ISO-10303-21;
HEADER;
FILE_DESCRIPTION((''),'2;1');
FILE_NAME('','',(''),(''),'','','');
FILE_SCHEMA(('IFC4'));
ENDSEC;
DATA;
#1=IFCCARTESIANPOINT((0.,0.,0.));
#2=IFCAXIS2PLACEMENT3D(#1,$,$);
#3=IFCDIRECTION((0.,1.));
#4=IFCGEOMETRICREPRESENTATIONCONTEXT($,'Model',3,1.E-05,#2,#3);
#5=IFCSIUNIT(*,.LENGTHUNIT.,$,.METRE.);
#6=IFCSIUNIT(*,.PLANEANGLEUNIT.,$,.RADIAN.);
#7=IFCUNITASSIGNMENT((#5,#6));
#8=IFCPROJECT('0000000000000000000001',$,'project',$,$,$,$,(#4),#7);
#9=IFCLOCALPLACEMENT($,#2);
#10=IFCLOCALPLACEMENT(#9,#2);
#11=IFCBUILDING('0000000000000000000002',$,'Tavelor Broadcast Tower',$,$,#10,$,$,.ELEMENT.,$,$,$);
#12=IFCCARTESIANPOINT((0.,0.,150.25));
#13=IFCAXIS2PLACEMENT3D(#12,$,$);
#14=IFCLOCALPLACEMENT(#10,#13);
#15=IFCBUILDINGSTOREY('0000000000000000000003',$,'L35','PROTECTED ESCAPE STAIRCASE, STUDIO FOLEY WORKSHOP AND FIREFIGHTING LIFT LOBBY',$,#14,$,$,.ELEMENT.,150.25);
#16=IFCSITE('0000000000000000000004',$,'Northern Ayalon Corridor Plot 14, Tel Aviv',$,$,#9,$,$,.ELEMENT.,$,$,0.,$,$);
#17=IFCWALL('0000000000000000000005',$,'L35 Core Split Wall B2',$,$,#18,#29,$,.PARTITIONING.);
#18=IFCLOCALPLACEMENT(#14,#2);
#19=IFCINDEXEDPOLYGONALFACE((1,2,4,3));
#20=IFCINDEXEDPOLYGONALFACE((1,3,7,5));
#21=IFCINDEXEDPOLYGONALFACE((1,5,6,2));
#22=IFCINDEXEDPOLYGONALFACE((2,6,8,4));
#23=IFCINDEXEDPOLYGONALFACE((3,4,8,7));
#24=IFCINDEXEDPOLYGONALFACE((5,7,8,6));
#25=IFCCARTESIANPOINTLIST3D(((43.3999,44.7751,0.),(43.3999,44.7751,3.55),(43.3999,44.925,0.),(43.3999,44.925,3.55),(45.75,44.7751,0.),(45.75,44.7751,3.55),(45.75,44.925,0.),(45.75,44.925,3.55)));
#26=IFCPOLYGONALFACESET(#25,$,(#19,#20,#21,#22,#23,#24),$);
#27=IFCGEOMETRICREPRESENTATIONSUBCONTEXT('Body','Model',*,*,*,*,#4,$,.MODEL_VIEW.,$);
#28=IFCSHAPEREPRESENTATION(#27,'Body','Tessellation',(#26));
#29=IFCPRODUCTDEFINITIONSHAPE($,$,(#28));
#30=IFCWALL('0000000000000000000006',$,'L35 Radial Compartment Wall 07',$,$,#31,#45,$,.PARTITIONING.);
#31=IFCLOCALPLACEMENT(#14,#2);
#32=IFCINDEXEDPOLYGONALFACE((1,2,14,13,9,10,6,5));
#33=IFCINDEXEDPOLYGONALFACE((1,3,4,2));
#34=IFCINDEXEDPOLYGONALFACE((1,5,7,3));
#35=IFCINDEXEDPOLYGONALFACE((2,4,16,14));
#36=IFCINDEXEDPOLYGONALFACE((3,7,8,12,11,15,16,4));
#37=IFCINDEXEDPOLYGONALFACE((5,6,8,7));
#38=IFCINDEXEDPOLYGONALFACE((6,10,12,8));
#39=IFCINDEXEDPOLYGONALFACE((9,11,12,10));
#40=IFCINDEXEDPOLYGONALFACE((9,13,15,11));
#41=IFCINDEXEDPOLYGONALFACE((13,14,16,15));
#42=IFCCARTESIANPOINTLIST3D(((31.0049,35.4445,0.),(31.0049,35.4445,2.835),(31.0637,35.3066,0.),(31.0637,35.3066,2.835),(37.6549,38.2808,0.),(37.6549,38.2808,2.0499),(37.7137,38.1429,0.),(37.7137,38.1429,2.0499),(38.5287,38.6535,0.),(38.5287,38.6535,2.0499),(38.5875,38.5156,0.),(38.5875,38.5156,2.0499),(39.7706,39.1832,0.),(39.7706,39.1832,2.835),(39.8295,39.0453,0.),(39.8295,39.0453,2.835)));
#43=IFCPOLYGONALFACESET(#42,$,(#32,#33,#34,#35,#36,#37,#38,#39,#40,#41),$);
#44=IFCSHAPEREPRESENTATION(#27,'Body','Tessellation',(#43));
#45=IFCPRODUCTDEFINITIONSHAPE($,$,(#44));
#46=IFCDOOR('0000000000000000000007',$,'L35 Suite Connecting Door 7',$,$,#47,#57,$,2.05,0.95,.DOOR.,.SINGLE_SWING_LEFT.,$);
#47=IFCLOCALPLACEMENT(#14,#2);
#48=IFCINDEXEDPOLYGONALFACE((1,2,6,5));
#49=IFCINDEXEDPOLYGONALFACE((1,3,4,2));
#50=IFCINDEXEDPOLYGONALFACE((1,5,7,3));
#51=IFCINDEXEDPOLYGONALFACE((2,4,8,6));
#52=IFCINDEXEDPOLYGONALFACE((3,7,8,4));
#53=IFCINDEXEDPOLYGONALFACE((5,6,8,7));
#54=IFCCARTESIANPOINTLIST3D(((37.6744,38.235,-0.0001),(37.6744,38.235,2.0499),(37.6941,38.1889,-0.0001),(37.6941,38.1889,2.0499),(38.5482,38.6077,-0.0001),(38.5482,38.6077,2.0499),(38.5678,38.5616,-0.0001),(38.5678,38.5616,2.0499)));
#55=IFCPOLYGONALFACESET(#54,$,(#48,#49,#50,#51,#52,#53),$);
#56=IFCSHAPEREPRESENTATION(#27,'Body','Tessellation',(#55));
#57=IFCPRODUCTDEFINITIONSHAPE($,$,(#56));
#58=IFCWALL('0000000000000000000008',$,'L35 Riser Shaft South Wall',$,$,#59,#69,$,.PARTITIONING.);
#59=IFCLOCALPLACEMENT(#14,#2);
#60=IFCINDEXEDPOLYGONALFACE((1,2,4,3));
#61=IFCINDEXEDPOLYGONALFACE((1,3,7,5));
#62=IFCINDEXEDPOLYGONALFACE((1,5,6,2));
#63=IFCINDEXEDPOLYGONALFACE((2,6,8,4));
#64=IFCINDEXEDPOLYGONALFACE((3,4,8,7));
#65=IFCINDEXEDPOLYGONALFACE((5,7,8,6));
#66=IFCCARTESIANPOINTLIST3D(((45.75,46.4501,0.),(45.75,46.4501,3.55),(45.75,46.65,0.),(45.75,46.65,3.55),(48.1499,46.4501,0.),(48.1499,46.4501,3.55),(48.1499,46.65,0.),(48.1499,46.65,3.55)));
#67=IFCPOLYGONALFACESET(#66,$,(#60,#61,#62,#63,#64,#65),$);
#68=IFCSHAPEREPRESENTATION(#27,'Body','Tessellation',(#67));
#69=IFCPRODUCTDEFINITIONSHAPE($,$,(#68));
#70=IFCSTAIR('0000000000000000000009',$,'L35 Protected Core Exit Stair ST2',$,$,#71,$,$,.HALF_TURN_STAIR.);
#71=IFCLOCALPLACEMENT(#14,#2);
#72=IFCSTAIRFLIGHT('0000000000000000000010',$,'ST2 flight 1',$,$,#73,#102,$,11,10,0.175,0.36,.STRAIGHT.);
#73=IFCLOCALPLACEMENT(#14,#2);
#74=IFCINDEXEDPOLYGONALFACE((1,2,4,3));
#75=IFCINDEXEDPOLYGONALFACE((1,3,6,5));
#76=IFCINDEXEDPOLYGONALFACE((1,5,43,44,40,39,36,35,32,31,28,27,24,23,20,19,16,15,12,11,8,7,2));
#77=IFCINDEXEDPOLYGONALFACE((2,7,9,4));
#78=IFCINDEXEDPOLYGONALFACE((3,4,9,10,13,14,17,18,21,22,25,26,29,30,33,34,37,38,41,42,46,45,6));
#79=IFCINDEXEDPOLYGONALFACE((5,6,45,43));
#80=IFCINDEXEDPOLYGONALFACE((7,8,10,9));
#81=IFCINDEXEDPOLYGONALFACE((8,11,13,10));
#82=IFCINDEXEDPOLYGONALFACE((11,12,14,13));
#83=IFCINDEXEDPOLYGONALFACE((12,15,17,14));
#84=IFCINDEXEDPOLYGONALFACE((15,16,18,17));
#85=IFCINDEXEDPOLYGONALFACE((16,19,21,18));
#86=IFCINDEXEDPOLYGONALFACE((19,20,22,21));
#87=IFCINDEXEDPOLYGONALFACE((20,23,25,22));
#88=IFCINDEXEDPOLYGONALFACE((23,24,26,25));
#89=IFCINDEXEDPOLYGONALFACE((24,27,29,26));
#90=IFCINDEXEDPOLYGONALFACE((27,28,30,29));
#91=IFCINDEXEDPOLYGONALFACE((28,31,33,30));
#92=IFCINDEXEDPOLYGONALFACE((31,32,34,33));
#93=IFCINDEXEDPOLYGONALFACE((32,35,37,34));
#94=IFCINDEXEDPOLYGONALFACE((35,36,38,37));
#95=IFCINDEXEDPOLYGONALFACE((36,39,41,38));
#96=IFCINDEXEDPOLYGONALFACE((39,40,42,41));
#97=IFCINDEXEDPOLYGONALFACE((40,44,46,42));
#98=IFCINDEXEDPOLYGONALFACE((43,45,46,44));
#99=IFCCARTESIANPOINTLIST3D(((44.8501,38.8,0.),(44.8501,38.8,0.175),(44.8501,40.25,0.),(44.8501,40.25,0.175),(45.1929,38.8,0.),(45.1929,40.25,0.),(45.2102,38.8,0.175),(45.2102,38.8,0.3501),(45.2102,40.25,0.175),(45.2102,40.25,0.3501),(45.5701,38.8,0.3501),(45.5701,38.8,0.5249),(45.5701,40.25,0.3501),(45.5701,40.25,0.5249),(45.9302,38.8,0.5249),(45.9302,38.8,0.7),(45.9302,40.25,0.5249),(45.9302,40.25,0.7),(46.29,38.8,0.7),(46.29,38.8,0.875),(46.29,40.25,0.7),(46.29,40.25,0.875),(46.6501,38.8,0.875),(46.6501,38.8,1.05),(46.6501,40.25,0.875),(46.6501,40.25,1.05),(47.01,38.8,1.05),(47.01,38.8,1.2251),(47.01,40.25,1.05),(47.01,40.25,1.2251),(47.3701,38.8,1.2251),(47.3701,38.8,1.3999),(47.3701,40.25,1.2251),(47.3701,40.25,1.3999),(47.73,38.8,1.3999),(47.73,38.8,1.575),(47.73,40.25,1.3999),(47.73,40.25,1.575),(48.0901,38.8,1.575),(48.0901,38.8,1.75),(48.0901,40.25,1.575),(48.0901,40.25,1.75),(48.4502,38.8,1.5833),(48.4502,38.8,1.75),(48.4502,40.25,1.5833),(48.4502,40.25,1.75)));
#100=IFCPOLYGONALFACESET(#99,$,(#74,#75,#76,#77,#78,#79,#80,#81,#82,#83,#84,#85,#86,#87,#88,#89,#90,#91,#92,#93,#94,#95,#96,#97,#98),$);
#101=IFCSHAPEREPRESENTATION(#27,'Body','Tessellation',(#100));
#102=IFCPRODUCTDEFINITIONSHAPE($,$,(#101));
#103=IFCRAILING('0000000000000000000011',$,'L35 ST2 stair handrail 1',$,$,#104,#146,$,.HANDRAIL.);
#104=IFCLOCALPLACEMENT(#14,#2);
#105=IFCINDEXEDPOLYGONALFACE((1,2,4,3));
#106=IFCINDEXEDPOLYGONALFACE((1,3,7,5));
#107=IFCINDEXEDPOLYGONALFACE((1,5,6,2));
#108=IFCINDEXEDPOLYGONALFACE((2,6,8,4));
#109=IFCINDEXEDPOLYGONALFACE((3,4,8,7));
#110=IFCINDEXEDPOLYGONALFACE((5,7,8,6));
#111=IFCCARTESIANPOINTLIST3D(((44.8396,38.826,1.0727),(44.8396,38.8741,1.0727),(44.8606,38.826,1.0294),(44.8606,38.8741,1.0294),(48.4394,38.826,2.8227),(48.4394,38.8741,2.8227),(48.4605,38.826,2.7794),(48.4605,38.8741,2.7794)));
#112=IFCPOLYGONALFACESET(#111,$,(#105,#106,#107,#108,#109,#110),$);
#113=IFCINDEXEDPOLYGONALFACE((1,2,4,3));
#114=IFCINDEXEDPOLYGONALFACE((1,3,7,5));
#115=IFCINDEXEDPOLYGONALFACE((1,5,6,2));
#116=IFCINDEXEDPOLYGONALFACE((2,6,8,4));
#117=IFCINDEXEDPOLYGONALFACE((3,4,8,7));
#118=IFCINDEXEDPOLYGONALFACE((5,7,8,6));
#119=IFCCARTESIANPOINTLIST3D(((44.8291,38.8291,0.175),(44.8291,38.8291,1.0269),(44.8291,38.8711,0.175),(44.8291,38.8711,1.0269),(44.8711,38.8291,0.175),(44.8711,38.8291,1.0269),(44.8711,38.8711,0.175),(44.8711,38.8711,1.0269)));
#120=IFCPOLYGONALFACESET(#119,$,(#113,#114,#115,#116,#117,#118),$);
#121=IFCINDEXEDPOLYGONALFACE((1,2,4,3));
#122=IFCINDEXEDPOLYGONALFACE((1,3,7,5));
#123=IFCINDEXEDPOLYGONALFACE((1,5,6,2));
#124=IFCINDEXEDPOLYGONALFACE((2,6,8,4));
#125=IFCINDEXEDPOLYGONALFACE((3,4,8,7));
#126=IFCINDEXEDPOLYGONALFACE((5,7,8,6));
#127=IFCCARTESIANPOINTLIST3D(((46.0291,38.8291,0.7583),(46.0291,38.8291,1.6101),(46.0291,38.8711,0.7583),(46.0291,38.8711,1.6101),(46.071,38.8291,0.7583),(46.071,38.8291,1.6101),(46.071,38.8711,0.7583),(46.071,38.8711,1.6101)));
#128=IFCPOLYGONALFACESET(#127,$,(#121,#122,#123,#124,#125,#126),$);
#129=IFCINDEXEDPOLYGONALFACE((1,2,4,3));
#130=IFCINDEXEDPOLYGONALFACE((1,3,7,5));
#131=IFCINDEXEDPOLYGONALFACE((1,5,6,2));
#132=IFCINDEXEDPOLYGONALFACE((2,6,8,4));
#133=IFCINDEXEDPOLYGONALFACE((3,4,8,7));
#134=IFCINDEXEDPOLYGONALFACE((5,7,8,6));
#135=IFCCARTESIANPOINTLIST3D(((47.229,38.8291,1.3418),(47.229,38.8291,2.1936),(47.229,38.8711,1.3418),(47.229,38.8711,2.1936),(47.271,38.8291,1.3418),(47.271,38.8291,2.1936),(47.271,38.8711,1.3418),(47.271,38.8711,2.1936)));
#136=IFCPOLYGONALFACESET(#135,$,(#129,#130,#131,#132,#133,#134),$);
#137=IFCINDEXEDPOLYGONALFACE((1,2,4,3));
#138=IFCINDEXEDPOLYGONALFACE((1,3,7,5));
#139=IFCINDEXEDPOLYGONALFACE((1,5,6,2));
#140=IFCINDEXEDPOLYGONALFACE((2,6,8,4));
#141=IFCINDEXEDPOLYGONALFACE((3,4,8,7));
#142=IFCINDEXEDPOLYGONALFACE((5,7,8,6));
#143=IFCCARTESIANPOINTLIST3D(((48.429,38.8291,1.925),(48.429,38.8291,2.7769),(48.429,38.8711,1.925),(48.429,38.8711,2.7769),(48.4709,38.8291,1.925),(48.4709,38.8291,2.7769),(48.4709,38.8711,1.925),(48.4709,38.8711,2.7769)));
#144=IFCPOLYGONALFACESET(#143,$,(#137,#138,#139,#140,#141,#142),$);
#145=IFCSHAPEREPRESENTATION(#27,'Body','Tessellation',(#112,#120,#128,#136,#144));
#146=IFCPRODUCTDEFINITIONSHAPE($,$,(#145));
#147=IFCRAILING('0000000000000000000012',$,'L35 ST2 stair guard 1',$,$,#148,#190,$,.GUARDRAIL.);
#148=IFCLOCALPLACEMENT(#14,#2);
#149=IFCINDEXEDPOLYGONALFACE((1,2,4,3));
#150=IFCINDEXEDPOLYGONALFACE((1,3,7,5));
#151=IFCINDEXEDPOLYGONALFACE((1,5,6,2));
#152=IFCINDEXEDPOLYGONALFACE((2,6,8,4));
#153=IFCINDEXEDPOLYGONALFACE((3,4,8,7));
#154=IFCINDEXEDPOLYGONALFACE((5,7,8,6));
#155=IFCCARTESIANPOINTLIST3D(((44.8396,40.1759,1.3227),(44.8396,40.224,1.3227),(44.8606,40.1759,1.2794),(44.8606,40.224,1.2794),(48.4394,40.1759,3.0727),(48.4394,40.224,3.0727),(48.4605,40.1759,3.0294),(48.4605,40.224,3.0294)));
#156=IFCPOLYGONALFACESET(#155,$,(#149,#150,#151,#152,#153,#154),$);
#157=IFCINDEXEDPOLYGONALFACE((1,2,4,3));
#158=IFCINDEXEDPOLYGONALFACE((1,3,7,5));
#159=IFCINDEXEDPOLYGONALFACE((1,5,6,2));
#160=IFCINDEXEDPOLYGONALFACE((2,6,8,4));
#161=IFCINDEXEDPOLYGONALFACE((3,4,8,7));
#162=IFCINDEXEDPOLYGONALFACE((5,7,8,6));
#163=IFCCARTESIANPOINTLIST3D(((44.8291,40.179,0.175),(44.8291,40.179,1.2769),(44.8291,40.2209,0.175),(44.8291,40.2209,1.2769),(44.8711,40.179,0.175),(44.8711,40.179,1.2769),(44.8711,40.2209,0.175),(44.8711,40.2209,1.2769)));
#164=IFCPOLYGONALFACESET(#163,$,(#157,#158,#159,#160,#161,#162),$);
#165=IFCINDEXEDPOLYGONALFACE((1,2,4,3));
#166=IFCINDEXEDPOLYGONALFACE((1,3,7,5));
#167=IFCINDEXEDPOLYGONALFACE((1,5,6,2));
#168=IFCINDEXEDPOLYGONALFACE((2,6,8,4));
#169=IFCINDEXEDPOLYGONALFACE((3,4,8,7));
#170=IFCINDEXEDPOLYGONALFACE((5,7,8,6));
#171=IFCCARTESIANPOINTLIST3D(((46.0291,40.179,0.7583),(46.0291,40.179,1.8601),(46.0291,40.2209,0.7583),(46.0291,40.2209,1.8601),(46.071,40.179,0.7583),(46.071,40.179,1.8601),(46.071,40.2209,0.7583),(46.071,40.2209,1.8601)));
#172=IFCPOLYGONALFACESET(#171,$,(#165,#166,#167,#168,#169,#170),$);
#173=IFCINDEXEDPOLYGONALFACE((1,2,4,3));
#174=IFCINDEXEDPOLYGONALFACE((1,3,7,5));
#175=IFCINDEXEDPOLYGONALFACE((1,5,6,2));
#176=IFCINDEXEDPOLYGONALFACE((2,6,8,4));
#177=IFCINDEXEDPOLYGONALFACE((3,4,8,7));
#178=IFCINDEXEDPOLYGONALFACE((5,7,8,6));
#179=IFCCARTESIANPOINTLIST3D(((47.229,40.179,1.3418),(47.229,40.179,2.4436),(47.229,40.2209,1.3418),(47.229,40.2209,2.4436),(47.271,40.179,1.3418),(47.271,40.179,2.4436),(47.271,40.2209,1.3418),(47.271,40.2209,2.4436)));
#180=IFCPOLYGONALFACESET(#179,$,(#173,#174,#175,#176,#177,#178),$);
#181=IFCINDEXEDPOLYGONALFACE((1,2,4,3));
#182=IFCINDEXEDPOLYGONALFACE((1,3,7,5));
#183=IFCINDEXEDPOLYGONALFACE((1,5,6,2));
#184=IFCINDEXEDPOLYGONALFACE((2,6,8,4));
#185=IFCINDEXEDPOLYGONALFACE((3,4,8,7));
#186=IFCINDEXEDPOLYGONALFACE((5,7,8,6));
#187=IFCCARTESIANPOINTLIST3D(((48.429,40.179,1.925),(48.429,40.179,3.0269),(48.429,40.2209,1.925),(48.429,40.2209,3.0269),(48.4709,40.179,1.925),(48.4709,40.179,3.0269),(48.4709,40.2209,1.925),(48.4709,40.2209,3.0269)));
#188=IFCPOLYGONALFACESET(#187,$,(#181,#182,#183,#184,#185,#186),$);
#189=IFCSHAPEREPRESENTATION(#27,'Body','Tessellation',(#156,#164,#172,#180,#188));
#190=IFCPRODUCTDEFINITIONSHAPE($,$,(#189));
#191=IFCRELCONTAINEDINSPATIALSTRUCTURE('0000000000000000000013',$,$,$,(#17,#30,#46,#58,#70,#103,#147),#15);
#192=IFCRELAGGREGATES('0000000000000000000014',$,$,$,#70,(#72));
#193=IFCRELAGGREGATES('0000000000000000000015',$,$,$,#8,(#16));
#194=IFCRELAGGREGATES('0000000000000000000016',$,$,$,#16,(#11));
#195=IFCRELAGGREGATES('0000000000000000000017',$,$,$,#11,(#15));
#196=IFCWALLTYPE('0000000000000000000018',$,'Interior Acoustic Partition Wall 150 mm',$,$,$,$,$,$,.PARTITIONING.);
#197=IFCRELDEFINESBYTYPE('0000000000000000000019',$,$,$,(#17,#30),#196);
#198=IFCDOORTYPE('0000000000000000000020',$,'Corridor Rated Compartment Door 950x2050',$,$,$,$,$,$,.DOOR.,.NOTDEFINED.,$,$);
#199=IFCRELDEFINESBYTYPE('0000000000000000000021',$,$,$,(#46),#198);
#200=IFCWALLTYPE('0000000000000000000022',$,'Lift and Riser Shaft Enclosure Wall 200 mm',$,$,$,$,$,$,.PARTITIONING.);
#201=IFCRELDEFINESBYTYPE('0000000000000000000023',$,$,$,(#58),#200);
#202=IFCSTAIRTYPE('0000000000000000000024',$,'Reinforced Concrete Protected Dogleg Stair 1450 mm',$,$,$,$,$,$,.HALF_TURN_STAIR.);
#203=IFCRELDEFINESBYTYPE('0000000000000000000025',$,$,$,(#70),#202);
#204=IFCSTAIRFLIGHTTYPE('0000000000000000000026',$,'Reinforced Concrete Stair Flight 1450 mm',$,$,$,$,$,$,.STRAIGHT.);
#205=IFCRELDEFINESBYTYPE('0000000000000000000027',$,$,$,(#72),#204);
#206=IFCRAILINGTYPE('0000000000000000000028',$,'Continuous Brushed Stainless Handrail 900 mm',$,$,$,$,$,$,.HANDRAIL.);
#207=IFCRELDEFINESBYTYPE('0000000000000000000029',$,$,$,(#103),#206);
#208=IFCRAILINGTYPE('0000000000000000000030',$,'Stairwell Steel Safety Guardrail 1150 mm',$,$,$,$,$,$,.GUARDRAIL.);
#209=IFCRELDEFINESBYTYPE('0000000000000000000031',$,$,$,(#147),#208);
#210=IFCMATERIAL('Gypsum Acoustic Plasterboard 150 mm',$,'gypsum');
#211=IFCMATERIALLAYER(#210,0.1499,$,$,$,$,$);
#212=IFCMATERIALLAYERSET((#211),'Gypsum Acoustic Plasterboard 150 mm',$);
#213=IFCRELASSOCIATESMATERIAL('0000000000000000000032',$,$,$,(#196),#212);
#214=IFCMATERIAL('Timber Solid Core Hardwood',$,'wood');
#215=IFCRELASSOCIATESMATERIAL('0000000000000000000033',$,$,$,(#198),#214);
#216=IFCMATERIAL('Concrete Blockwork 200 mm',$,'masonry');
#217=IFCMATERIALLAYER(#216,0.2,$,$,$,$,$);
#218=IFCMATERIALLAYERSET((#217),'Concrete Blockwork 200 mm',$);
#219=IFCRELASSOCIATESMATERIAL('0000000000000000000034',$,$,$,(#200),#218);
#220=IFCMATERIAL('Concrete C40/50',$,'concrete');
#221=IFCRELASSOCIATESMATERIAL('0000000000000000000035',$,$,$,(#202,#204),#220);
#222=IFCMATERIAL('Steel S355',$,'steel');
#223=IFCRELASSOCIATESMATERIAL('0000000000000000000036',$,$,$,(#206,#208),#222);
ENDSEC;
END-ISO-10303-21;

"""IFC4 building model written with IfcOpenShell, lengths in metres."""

from ifc_helpers import new_model, si_unit, direction, frame, frame_2d, origin, origin_2d, place, context, subcontext, project, spatial, polyline, rectangle, outline, extrude, material, layer, layer_set, type_object, element, fill, aggregate, save


model = new_model("IFC4")

# Units and contexts
model_context = context("Model", 3, precision=1e-05, world=origin(), true_north=direction((0.0, 1.0)))
body_context = subcontext(model_context, "Body", "Model", "MODEL_VIEW")
ifc_project = project(units=[si_unit("LENGTHUNIT", "METRE"), si_unit("PLANEANGLEUNIT", "RADIAN")], contexts=[model_context])

# Site, building, storey
site_placement = place(None, origin())
site = spatial("IfcSite", under=ifc_project, at=site_placement, Name="Northern Ayalon Corridor Plot 14, Tel Aviv", CompositionType="ELEMENT", RefElevation=0.0)
building_placement = place(site_placement, origin())
building = spatial("IfcBuilding", under=site, at=building_placement, Name="Tavelor Broadcast Tower", CompositionType="ELEMENT")
storey_placement = place(building_placement, frame((0.0, 0.0, 150.25)))
storey = spatial("IfcBuildingStorey", under=building, at=storey_placement, Name="L35", Description="PROTECTED ESCAPE STAIRCASE, STUDIO FOLEY WORKSHOP AND FIREFIGHTING LIFT LOBBY", CompositionType="ELEMENT", Elevation=150.25)

# Shared definitions
ifc_material_1 = material(Name="Concrete C40/50", Category="concrete")
ifc_material_2 = material(Name="Steel S355", Category="steel")

# Shared definitions
ifc_material_3 = material(Name="Timber Solid Core Hardwood", Category="wood")

# Wall
ifc_material_4 = material(Name="Gypsum Acoustic Plasterboard 150 mm", Category="gypsum")
ifc_layer_1 = layer(ifc_material_4, 0.1499)
ifc_layer_set_1 = layer_set([ifc_layer_1], Name="Gypsum Acoustic Plasterboard 150 mm")
wall_type_1 = type_object("IfcWallType", Name="Interior Acoustic Partition Wall 150 mm", PredefinedType="PARTITIONING", material=ifc_layer_set_1)
for number, where, z_axis, x_axis, name in (
    (1, (43.3999, 44.8501, 0.0), (0.0, 0.0, 1.0), (1.0, 0.0, 0.0), "L35 Core Split Wall B2"),
):
    element("IfcWall", number, at=place(storey_placement, frame(where, z_axis=z_axis, x_axis=x_axis)), inside=storey, type_object=wall_type_1, Name=name, PredefinedType="PARTITIONING", context=body_context, shape_type="SweptSolid", body=[
        extrude(rectangle(XDim=2.3501, YDim=0.1499, at=frame_2d((1.175, 0.0))), origin(), (0.0, 0.0, 1.0), 3.55),
    ])

# Wall, opening, door
wall_1_placement = place(storey_placement, frame((39.8, 39.1143, 0.0), z_axis=(0.0, 0.0, 1.0), x_axis=(-0.919829, -0.39232, 0.0)))
wall_1 = element("IfcWall", 2, at=wall_1_placement, inside=storey, type_object=wall_type_1, Name="L35 Radial Compartment Wall 07", PredefinedType="PARTITIONING", context=body_context, shape_type="SweptSolid", body=[
    extrude(rectangle(XDim=9.5298, YDim=0.1499, at=frame_2d((4.7649, 0.0))), origin(), (0.0, 0.0, 1.0), 2.835),
])
opening_1_placement = place(wall_1_placement, frame((1.3501, 0.0, 0.0)))
opening_1 = element("IfcOpeningElement", 3, at=opening_1_placement, cuts=wall_1, PredefinedType="OPENING", context=body_context, shape_type="SweptSolid", body=[
    extrude(rectangle(XDim=0.95, YDim=2.05, at=frame_2d((0.4751, 1.0249))), frame((0.0, 0.085, 0.0), z_axis=(0.0, -1.0, 0.0), x_axis=(1.0, 0.0, 0.0)), (0.0, 0.0, 1.0), 0.1699),
])
door_type_1 = type_object("IfcDoorType", Name="Corridor Rated Compartment Door 950x2050", OperationType="NOTDEFINED", PredefinedType="DOOR", material=ifc_material_3)
door_1_placement = place(opening_1_placement, origin())
door_1 = element("IfcDoor", 4, at=door_1_placement, inside=storey, type_object=door_type_1, Name="L35 Suite Connecting Door 7", OperationType="SINGLE_SWING_LEFT", OverallHeight=2.05, OverallWidth=0.95, PredefinedType="DOOR", context=body_context, shape_type="SweptSolid", body=[
    extrude(rectangle(XDim=0.95, YDim=2.05, at=frame_2d((0.4751, 1.0249))), frame((0.0, 0.0249, 0.0), z_axis=(0.0, -1.0, 0.0), x_axis=(1.0, 0.0, 0.0)), (0.0, 0.0, 1.0), 0.05),
])
fill(opening_1, door_1)

# Wall
ifc_material_5 = material(Name="Concrete Blockwork 200 mm", Category="masonry")
ifc_layer_2 = layer(ifc_material_5, 0.2)
ifc_layer_set_2 = layer_set([ifc_layer_2], Name="Concrete Blockwork 200 mm")
wall_type_2 = type_object("IfcWallType", Name="Lift and Riser Shaft Enclosure Wall 200 mm", PredefinedType="PARTITIONING", material=ifc_layer_set_2)
wall_2_placement = place(storey_placement, frame((45.75, 46.55, 0.0), z_axis=(0.0, 0.0, 1.0), x_axis=(1.0, 0.0, 0.0)))
element("IfcWall", 5, at=wall_2_placement, inside=storey, type_object=wall_type_2, Name="L35 Riser Shaft South Wall", PredefinedType="PARTITIONING", context=body_context, shape_type="SweptSolid", body=[
    extrude(rectangle(XDim=2.3999, YDim=0.2, at=frame_2d((1.2, 0.0))), origin(), (0.0, 0.0, 1.0), 3.55),
])

# Stair, stair flight
stair_type = type_object("IfcStairType", Name="Reinforced Concrete Protected Dogleg Stair 1450 mm", PredefinedType="HALF_TURN_STAIR", material=ifc_material_1)
stair_placement = place(storey_placement, origin())
stair = element("IfcStair", 6, at=stair_placement, inside=storey, type_object=stair_type, Name="L35 Protected Core Exit Stair ST2", PredefinedType="HALF_TURN_STAIR")
stair_flight_type = type_object("IfcStairFlightType", Name="Reinforced Concrete Stair Flight 1450 mm", PredefinedType="STRAIGHT", material=ifc_material_1)
stair_flight_placement = place(storey_placement, frame((44.8501, 39.5249, 0.0), z_axis=(0.0, 0.0, 1.0), x_axis=(1.0, 0.0, 0.0)))
stair_flight = element("IfcStairFlight", 7, at=stair_flight_placement, type_object=stair_flight_type, Name="ST2 flight 1", NumberOfRisers=11, NumberOfTreads=10, PredefinedType="STRAIGHT", RiserHeight=0.175, TreadLength=0.36, context=body_context, shape_type="SweptSolid", body=[
    extrude(outline(polyline([(0.0, 0.0), (0.0, 0.175), (0.3601, 0.175), (0.3601, 0.3501), (0.72, 0.3501), (0.72, 0.5249), (1.0801, 0.5249), (1.0801, 0.7), (1.4399, 0.7), (1.4399, 0.875), (1.8, 0.875), (1.8, 1.05), (2.1599, 1.05), (2.1599, 1.2251), (2.52, 1.2251), (2.52, 1.3999), (2.8799, 1.3999), (2.8799, 1.575), (3.24, 1.575), (3.24, 1.75), (3.6001, 1.75), (3.6001, 1.925), (3.6001, 1.5833), (0.3428, 0.0), (0.0, 0.0)])), frame((0.0, 0.7251, 0.0), z_axis=(0.0, -1.0, 0.0), x_axis=(1.0, 0.0, 0.0)), (0.0, 0.0, 1.0), 1.45),
])
aggregate(stair, [stair_flight])

# Railings
railing_type_1 = type_object("IfcRailingType", Name="Continuous Brushed Stainless Handrail 900 mm", PredefinedType="HANDRAIL", material=ifc_material_2)
railing_1_placement = place(storey_placement, frame((44.8501, 38.8501, 0.175)))
element("IfcRailing", 8, at=railing_1_placement, inside=storey, type_object=railing_type_1, Name="L35 ST2 stair handrail 1", PredefinedType="HANDRAIL", context=body_context, shape_type="SweptSolid", body=[
    extrude(rectangle(XDim=0.0481, YDim=0.0481, at=origin_2d()), frame((0.0, 0.0, 0.876), z_axis=(0.899361, 0.0, 0.437207), x_axis=(0.0, 1.0, 0.0)), (0.0, 0.0, 1.0), 4.0027),
    extrude(rectangle(XDim=0.042, YDim=0.042, at=origin_2d()), origin(), (0.0, 0.0, 1.0), 0.8518),
    extrude(rectangle(XDim=0.042, YDim=0.042, at=origin_2d()), frame((1.2, 0.0, 0.5833)), (0.0, 0.0, 1.0), 0.8518),
    extrude(rectangle(XDim=0.042, YDim=0.042, at=origin_2d()), frame((2.3999, 0.0, 1.1667)), (0.0, 0.0, 1.0), 0.8518),
    extrude(rectangle(XDim=0.042, YDim=0.042, at=origin_2d()), frame((3.5999, 0.0, 1.75)), (0.0, 0.0, 1.0), 0.8518),
])
railing_type_2 = type_object("IfcRailingType", Name="Stairwell Steel Safety Guardrail 1150 mm", PredefinedType="GUARDRAIL", material=ifc_material_2)
railing_2_placement = place(storey_placement, frame((44.8501, 40.2, 0.175)))
element("IfcRailing", 9, at=railing_2_placement, inside=storey, type_object=railing_type_2, Name="L35 ST2 stair guard 1", PredefinedType="GUARDRAIL", context=body_context, shape_type="SweptSolid", body=[
    extrude(rectangle(XDim=0.0481, YDim=0.0481, at=origin_2d()), frame((0.0, 0.0, 1.126), z_axis=(0.899361, 0.0, 0.437207), x_axis=(0.0, 1.0, 0.0)), (0.0, 0.0, 1.0), 4.0027),
    extrude(rectangle(XDim=0.042, YDim=0.042, at=origin_2d()), origin(), (0.0, 0.0, 1.0), 1.1018),
    extrude(rectangle(XDim=0.042, YDim=0.042, at=origin_2d()), frame((1.2, 0.0, 0.5833)), (0.0, 0.0, 1.0), 1.1018),
    extrude(rectangle(XDim=0.042, YDim=0.042, at=origin_2d()), frame((2.3999, 0.0, 1.1667)), (0.0, 0.0, 1.0), 1.1018),
    extrude(rectangle(XDim=0.042, YDim=0.042, at=origin_2d()), frame((3.5999, 0.0, 1.75)), (0.0, 0.0, 1.0), 1.1018),
])

save(model, "model.ifc")
